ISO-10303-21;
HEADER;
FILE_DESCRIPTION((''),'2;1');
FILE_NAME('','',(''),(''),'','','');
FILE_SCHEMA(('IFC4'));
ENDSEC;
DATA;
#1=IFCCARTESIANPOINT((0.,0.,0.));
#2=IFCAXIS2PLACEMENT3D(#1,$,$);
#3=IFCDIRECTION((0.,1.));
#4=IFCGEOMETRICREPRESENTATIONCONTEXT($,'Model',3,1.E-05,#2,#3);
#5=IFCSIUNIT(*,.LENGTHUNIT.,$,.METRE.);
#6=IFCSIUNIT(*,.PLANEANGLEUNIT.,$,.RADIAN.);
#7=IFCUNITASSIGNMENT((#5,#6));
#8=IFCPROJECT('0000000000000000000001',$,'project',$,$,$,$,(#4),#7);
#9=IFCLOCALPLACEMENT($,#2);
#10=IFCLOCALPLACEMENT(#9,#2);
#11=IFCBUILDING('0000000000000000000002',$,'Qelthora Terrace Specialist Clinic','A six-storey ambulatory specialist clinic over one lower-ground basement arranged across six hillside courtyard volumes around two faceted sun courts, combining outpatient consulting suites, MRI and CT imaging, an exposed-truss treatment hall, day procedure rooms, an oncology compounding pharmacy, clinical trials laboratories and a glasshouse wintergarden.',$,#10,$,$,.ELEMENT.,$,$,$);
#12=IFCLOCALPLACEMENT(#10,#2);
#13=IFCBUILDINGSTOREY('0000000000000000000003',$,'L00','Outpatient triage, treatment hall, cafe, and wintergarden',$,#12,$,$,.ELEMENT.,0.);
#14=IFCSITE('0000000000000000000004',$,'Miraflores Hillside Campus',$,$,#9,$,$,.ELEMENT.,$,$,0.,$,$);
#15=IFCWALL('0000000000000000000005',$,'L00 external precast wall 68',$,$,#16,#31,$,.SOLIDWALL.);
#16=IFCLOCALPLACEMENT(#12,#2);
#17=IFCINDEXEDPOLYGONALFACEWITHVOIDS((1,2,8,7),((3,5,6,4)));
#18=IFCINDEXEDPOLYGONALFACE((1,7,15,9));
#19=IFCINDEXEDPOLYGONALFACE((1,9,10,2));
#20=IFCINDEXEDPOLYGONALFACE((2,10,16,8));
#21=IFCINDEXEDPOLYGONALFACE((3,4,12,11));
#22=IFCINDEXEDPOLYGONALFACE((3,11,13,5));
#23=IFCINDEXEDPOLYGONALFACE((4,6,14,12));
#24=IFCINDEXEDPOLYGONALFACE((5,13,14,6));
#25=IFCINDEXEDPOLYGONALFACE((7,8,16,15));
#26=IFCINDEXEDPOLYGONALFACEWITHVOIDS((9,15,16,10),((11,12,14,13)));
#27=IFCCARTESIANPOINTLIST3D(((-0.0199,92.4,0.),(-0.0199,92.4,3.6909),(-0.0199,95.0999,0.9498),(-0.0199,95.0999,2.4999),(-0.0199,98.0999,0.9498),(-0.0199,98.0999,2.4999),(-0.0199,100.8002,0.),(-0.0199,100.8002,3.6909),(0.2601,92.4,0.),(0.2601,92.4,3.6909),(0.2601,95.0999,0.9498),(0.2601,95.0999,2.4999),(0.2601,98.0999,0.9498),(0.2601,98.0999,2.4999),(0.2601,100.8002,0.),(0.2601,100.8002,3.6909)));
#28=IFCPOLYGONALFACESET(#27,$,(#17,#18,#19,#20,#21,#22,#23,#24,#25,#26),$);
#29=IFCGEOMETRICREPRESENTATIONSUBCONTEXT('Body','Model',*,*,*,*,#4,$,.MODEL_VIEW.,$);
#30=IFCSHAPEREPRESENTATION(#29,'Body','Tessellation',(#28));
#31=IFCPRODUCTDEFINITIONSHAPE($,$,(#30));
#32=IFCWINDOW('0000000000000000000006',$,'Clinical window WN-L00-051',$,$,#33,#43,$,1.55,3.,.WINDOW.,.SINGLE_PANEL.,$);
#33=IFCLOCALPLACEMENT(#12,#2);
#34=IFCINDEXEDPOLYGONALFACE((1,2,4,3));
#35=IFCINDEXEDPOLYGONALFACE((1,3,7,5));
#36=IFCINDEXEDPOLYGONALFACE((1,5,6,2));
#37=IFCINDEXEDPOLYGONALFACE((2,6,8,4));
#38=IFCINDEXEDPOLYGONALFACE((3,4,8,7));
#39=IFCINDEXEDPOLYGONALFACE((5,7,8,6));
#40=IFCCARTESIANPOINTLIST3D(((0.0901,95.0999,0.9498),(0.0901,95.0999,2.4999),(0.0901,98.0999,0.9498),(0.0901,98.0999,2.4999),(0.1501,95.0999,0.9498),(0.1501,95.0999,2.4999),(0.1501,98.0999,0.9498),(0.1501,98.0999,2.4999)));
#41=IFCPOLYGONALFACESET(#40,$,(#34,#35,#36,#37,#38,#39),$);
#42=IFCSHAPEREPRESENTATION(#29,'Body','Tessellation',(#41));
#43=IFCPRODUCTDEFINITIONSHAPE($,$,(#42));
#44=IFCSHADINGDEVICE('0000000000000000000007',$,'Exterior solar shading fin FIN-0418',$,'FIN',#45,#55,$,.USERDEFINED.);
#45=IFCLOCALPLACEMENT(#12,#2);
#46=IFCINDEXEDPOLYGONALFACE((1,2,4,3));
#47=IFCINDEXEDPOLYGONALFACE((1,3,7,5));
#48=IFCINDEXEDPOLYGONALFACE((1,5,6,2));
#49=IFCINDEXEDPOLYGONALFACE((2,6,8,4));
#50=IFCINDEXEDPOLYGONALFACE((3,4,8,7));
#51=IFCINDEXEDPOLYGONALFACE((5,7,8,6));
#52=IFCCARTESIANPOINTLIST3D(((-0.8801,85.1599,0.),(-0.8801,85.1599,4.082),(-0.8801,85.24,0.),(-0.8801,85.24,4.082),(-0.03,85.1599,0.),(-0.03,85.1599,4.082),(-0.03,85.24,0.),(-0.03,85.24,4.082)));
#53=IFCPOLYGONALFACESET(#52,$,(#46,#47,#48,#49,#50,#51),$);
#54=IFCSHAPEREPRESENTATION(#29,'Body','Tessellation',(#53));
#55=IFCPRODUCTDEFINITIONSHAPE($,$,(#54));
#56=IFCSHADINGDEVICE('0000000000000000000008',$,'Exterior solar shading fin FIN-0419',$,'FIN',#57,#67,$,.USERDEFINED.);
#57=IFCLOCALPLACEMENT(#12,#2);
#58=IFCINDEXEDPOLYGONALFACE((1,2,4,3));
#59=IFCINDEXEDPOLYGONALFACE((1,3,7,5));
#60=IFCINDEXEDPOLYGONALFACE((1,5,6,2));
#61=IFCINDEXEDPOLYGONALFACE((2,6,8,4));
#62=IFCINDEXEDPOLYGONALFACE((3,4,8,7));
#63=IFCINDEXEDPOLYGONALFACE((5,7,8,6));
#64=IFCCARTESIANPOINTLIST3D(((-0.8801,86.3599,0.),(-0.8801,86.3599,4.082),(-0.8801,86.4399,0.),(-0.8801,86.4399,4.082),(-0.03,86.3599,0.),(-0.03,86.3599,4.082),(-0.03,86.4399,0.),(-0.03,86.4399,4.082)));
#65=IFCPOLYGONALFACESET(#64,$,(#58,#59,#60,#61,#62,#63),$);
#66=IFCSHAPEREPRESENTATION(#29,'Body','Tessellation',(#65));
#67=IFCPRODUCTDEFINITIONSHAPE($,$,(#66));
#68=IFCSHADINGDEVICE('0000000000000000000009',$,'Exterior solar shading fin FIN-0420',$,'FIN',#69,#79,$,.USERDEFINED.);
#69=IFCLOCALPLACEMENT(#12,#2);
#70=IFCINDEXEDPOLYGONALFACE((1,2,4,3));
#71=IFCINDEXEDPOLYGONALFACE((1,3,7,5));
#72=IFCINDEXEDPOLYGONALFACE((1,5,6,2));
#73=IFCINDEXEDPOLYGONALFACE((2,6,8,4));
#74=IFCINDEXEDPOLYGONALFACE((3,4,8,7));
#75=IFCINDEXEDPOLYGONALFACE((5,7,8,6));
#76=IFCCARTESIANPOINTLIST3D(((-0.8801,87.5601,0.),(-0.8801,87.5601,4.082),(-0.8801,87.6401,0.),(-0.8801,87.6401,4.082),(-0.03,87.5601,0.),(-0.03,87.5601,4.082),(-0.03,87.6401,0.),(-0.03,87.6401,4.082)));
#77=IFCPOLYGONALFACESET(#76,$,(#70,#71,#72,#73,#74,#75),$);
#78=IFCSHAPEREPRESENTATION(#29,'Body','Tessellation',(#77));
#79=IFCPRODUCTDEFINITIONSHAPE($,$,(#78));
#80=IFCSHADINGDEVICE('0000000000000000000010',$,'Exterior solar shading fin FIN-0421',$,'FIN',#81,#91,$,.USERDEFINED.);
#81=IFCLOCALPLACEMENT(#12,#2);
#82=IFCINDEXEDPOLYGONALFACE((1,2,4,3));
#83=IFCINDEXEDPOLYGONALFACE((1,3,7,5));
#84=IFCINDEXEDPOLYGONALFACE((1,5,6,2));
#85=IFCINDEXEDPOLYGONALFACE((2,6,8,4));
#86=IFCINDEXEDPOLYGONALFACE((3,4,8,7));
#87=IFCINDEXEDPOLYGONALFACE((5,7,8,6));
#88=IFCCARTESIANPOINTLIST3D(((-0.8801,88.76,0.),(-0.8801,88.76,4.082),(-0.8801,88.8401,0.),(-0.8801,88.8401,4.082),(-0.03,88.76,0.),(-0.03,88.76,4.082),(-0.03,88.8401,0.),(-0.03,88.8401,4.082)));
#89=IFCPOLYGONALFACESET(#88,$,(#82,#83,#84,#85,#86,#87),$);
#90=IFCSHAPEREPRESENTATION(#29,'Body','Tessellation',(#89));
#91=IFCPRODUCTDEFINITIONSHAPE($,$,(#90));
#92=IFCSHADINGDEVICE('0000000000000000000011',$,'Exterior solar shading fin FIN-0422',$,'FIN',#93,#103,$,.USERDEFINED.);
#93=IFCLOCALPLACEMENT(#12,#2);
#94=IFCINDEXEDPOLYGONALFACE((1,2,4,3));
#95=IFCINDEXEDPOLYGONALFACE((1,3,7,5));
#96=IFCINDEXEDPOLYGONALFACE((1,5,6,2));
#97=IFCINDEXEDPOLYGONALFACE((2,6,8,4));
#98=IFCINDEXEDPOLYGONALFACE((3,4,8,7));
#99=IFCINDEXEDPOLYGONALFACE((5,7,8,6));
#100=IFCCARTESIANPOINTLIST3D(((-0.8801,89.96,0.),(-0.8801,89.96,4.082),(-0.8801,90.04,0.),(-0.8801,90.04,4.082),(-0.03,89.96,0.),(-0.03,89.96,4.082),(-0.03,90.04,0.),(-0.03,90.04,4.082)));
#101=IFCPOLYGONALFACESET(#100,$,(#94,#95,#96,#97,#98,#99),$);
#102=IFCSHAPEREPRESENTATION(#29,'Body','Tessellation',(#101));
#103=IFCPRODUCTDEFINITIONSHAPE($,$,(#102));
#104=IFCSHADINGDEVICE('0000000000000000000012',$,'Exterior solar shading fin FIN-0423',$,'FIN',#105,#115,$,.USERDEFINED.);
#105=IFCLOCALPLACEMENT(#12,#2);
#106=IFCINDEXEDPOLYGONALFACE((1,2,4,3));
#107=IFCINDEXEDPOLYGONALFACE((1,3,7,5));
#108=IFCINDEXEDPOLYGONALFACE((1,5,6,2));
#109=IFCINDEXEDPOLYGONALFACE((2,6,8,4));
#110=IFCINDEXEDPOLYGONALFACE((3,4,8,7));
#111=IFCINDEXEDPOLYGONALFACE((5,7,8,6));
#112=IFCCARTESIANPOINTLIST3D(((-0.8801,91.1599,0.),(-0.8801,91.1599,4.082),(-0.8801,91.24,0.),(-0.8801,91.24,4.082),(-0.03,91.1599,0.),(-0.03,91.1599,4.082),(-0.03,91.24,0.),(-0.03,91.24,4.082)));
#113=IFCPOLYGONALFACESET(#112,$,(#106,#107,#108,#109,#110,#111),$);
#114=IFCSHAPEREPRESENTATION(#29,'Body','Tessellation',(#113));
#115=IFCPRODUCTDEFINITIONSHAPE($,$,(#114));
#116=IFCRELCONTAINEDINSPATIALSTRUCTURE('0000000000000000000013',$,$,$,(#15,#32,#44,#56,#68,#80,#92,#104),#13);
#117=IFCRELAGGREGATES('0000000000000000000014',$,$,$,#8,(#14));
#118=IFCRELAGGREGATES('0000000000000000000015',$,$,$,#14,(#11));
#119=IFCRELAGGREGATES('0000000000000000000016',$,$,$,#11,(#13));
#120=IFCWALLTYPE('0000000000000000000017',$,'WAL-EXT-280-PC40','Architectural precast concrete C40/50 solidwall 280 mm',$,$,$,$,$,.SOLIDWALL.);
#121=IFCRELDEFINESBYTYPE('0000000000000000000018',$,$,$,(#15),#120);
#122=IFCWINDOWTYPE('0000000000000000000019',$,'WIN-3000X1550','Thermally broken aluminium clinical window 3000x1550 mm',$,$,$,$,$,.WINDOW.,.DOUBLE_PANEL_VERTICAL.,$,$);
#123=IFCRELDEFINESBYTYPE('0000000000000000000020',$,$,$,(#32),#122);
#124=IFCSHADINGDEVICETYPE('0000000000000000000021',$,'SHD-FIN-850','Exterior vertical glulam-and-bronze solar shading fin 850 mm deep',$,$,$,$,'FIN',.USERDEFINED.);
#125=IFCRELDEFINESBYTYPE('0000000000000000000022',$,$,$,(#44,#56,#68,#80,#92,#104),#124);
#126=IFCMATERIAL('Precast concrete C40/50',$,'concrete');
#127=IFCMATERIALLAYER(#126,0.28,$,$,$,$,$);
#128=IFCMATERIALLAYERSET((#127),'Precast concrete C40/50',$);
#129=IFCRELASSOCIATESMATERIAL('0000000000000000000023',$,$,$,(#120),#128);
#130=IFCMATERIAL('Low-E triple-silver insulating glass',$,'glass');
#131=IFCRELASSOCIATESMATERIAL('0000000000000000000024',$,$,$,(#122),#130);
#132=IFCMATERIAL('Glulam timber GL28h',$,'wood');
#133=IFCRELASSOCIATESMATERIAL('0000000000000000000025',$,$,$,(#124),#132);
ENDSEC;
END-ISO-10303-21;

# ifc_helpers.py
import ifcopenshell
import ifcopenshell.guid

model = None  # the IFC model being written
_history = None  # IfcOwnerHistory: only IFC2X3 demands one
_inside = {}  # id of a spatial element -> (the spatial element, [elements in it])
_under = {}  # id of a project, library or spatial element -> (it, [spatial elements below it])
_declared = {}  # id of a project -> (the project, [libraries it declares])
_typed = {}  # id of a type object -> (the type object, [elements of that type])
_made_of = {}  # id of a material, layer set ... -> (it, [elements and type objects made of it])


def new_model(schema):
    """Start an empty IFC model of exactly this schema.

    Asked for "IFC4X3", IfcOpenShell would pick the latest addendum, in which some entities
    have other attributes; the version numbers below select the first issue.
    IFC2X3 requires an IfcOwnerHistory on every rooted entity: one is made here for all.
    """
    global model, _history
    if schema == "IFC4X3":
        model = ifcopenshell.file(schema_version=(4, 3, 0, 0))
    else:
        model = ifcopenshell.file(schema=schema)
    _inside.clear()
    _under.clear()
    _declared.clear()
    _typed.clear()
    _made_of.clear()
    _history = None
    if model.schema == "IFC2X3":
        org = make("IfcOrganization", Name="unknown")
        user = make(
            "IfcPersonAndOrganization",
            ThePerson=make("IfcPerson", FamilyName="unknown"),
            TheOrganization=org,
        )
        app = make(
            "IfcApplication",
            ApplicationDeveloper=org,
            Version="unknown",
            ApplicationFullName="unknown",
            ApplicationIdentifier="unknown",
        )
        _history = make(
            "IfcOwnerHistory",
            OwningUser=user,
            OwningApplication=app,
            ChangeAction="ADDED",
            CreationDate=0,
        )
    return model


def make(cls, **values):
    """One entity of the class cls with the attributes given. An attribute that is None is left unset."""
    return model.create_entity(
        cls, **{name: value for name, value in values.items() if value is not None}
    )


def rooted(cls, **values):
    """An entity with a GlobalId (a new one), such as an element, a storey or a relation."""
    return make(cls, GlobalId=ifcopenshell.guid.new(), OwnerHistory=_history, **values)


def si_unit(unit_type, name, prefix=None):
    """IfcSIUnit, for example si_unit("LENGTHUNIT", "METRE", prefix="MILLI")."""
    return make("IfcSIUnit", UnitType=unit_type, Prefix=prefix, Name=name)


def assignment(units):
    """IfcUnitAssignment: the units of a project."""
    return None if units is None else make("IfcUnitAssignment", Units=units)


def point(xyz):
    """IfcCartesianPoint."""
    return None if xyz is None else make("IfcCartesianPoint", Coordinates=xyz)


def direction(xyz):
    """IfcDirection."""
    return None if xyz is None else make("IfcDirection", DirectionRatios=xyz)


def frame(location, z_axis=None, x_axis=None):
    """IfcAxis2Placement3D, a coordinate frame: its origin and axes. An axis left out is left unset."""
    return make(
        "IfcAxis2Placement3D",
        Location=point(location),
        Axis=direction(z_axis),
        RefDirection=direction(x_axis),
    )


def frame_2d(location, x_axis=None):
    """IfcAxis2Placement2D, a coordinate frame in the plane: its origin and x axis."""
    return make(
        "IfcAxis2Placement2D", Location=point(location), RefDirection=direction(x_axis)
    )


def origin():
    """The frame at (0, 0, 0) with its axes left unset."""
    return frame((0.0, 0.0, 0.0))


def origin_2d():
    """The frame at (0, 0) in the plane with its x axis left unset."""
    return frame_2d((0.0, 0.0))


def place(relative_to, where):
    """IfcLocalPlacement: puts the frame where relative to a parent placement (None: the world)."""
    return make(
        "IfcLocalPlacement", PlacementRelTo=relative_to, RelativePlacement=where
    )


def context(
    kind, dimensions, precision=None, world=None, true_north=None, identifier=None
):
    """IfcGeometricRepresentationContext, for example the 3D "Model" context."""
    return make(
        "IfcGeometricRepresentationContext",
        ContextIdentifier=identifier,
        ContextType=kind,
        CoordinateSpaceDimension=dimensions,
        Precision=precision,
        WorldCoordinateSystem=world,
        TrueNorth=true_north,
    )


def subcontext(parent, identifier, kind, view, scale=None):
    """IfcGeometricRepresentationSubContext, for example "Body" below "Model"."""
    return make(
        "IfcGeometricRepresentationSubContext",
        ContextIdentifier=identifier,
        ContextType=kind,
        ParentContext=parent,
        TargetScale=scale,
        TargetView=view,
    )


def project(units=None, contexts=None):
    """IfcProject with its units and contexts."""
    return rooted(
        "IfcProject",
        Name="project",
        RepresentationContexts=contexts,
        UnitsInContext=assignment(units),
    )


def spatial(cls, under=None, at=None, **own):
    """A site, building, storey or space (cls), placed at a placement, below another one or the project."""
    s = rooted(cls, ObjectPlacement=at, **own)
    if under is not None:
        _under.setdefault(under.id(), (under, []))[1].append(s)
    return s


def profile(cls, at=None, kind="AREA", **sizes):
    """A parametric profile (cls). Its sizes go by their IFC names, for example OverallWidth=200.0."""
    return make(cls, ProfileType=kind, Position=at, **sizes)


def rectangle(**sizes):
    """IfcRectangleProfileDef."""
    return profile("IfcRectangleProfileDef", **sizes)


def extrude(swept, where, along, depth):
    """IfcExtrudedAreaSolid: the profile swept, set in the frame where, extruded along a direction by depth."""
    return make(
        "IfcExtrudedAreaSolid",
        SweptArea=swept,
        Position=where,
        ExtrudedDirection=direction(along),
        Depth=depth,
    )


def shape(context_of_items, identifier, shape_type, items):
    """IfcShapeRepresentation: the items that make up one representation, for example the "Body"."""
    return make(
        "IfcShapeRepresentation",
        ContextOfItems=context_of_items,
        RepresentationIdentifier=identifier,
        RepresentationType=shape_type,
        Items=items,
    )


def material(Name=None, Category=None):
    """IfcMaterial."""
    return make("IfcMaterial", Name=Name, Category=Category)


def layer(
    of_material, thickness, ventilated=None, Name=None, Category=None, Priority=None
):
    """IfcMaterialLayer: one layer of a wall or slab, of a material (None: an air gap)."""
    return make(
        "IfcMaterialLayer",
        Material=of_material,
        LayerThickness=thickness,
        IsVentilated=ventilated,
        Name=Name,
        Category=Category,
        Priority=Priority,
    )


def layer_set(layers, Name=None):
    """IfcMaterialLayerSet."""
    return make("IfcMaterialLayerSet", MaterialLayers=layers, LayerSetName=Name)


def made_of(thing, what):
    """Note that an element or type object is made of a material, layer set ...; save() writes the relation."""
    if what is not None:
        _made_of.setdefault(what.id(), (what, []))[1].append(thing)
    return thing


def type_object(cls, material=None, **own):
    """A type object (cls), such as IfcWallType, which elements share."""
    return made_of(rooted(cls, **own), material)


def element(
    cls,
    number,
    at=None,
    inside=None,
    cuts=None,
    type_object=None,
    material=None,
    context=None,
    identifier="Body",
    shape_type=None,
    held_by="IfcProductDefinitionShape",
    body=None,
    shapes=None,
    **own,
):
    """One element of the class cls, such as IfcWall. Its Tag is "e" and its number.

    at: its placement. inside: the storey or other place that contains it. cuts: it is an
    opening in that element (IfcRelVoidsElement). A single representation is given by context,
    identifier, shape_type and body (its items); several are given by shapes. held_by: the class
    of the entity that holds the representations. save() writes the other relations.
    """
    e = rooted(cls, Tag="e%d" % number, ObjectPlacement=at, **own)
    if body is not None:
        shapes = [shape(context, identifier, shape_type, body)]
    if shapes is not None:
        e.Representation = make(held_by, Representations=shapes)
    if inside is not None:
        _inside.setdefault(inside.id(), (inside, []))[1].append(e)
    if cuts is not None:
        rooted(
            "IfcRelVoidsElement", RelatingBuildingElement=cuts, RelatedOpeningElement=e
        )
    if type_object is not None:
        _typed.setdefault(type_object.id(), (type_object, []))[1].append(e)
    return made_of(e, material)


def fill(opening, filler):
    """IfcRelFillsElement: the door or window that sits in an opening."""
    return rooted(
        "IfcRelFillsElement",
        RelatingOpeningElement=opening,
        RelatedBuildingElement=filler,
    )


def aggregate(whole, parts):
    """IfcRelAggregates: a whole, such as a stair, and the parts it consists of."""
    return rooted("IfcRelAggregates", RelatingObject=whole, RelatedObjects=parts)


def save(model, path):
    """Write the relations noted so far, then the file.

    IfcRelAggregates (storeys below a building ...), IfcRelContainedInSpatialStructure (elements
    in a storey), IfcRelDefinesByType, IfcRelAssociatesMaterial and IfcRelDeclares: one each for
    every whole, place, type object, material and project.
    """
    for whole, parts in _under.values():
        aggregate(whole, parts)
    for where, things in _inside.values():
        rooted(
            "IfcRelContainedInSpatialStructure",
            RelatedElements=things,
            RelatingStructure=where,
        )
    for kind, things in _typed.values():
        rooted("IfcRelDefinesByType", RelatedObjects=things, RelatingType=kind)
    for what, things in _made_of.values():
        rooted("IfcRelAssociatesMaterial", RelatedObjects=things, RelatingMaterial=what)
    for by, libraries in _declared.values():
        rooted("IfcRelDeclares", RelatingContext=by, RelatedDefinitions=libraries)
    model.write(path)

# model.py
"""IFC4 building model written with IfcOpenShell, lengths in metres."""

from ifc_helpers import new_model, si_unit, direction, frame, frame_2d, origin, origin_2d, place, context, subcontext, project, spatial, rectangle, extrude, material, layer, layer_set, type_object, element, fill, save


model = new_model("IFC4")

# Units and contexts
model_context = context("Model", 3, precision=1e-05, world=origin(), true_north=direction((0.0, 1.0)))
body_context = subcontext(model_context, "Body", "Model", "MODEL_VIEW")
ifc_project = project(units=[si_unit("LENGTHUNIT", "METRE"), si_unit("PLANEANGLEUNIT", "RADIAN")], contexts=[model_context])

# Site, building, storey
site_placement = place(None, origin())
site = spatial("IfcSite", under=ifc_project, at=site_placement, Name="Miraflores Hillside Campus", CompositionType="ELEMENT", RefElevation=0.0)
building_placement = place(site_placement, origin())
building = spatial("IfcBuilding", under=site, at=building_placement, Name="Qelthora Terrace Specialist Clinic", Description="A six-storey ambulatory specialist clinic over one lower-ground basement arranged across six hillside courtyard volumes around two faceted sun courts, combining outpatient consulting suites, MRI and CT imaging, an exposed-truss treatment hall, day procedure rooms, an oncology compounding pharmacy, clinical trials laboratories and a glasshouse wintergarden.", CompositionType="ELEMENT")
storey_placement = place(building_placement, origin())
storey = spatial("IfcBuildingStorey", under=building, at=storey_placement, Name="L00", Description="Outpatient triage, treatment hall, cafe, and wintergarden", CompositionType="ELEMENT", Elevation=0.0)

# Shared definitions
ifc_material_1 = material(Name="Low-E triple-silver insulating glass", Category="glass")

# Wall, opening, window
ifc_material_2 = material(Name="Precast concrete C40/50", Category="concrete")
ifc_layer_1 = layer(ifc_material_2, 0.28)
ifc_layer_set_1 = layer_set([ifc_layer_1], Name="Precast concrete C40/50")
wall_type = type_object("IfcWallType", Name="WAL-EXT-280-PC40", Description="Architectural precast concrete C40/50 solidwall 280 mm", PredefinedType="SOLIDWALL", material=ifc_layer_set_1)
wall_placement = place(storey_placement, frame((0.1201, 92.3999, 0.0), z_axis=(0.0, 0.0, 1.0), x_axis=(0.0, 1.0, 0.0)))
wall = element("IfcWall", 1, at=wall_placement, inside=storey, type_object=wall_type, Name="L00 external precast wall 68", PredefinedType="SOLIDWALL", context=body_context, shape_type="SweptSolid", body=[
    extrude(rectangle(XDim=8.4001, YDim=0.28, at=frame_2d((4.2002, 0.0))), origin(), (0.0, 0.0, 1.0), 3.6909),
])
opening_placement = place(wall_placement, frame((2.7, 0.0, 0.95)))
opening = element("IfcOpeningElement", 2, at=opening_placement, cuts=wall, PredefinedType="OPENING", context=body_context, shape_type="SweptSolid", body=[
    extrude(rectangle(XDim=3.0, YDim=1.55, at=frame_2d((1.5, 0.7749))), frame((0.0, 0.1499, 0.0), z_axis=(0.0, -1.0, 0.0), x_axis=(1.0, 0.0, 0.0)), (0.0, 0.0, 1.0), 0.3),
])
window_type = type_object("IfcWindowType", Name="WIN-3000X1550", Description="Thermally broken aluminium clinical window 3000x1550 mm", PartitioningType="DOUBLE_PANEL_VERTICAL", PredefinedType="WINDOW", material=ifc_material_1)
window_placement = place(opening_placement, origin())
window = element("IfcWindow", 3, at=window_placement, inside=storey, type_object=window_type, Name="Clinical window WN-L00-051", OverallHeight=1.55, OverallWidth=3.0, PartitioningType="SINGLE_PANEL", PredefinedType="WINDOW", context=body_context, shape_type="SweptSolid", body=[
    extrude(rectangle(XDim=3.0, YDim=1.55, at=frame_2d((1.5, 0.7749))), frame((0.0, 0.03, 0.0), z_axis=(0.0, -1.0, 0.0), x_axis=(1.0, 0.0, 0.0)), (0.0, 0.0, 1.0), 0.0601),
])
fill(opening, window)

# Shading devices
ifc_material_3 = material(Name="Glulam timber GL28h", Category="wood")
shading_device_type = type_object("IfcShadingDeviceType", Name="SHD-FIN-850", Description="Exterior vertical glulam-and-bronze solar shading fin 850 mm deep", ElementType="FIN", PredefinedType="USERDEFINED", material=ifc_material_3)
for number, where, z_axis, x_axis, name in (
    (4, (-0.4551, 85.2, 0.0), (0.0, 0.0, 1.0), (-1.0, 0.0, 0.0), "Exterior solar shading fin FIN-0418"),
    (5, (-0.4551, 86.3999, 0.0), (0.0, 0.0, 1.0), (-1.0, 0.0, 0.0), "Exterior solar shading fin FIN-0419"),
    (6, (-0.4551, 87.6001, 0.0), (0.0, 0.0, 1.0), (-1.0, 0.0, 0.0), "Exterior solar shading fin FIN-0420"),
    (7, (-0.4551, 88.8, 0.0), (0.0, 0.0, 1.0), (-1.0, 0.0, 0.0), "Exterior solar shading fin FIN-0421"),
    (8, (-0.4551, 90.0, 0.0), (0.0, 0.0, 1.0), (-1.0, 0.0, 0.0), "Exterior solar shading fin FIN-0422"),
    (9, (-0.4551, 91.2, 0.0), (0.0, 0.0, 1.0), (-1.0, 0.0, 0.0), "Exterior solar shading fin FIN-0423"),
):
    element("IfcShadingDevice", number, at=place(storey_placement, frame(where, z_axis=z_axis, x_axis=x_axis)), inside=storey, type_object=shading_device_type, Name=name, ObjectType="FIN", PredefinedType="USERDEFINED", context=body_context, shape_type="SweptSolid", body=[
        extrude(rectangle(XDim=0.8501, YDim=0.0801, at=origin_2d()), origin(), (0.0, 0.0, 1.0), 4.082),
    ])

save(model, "model.ifc")
